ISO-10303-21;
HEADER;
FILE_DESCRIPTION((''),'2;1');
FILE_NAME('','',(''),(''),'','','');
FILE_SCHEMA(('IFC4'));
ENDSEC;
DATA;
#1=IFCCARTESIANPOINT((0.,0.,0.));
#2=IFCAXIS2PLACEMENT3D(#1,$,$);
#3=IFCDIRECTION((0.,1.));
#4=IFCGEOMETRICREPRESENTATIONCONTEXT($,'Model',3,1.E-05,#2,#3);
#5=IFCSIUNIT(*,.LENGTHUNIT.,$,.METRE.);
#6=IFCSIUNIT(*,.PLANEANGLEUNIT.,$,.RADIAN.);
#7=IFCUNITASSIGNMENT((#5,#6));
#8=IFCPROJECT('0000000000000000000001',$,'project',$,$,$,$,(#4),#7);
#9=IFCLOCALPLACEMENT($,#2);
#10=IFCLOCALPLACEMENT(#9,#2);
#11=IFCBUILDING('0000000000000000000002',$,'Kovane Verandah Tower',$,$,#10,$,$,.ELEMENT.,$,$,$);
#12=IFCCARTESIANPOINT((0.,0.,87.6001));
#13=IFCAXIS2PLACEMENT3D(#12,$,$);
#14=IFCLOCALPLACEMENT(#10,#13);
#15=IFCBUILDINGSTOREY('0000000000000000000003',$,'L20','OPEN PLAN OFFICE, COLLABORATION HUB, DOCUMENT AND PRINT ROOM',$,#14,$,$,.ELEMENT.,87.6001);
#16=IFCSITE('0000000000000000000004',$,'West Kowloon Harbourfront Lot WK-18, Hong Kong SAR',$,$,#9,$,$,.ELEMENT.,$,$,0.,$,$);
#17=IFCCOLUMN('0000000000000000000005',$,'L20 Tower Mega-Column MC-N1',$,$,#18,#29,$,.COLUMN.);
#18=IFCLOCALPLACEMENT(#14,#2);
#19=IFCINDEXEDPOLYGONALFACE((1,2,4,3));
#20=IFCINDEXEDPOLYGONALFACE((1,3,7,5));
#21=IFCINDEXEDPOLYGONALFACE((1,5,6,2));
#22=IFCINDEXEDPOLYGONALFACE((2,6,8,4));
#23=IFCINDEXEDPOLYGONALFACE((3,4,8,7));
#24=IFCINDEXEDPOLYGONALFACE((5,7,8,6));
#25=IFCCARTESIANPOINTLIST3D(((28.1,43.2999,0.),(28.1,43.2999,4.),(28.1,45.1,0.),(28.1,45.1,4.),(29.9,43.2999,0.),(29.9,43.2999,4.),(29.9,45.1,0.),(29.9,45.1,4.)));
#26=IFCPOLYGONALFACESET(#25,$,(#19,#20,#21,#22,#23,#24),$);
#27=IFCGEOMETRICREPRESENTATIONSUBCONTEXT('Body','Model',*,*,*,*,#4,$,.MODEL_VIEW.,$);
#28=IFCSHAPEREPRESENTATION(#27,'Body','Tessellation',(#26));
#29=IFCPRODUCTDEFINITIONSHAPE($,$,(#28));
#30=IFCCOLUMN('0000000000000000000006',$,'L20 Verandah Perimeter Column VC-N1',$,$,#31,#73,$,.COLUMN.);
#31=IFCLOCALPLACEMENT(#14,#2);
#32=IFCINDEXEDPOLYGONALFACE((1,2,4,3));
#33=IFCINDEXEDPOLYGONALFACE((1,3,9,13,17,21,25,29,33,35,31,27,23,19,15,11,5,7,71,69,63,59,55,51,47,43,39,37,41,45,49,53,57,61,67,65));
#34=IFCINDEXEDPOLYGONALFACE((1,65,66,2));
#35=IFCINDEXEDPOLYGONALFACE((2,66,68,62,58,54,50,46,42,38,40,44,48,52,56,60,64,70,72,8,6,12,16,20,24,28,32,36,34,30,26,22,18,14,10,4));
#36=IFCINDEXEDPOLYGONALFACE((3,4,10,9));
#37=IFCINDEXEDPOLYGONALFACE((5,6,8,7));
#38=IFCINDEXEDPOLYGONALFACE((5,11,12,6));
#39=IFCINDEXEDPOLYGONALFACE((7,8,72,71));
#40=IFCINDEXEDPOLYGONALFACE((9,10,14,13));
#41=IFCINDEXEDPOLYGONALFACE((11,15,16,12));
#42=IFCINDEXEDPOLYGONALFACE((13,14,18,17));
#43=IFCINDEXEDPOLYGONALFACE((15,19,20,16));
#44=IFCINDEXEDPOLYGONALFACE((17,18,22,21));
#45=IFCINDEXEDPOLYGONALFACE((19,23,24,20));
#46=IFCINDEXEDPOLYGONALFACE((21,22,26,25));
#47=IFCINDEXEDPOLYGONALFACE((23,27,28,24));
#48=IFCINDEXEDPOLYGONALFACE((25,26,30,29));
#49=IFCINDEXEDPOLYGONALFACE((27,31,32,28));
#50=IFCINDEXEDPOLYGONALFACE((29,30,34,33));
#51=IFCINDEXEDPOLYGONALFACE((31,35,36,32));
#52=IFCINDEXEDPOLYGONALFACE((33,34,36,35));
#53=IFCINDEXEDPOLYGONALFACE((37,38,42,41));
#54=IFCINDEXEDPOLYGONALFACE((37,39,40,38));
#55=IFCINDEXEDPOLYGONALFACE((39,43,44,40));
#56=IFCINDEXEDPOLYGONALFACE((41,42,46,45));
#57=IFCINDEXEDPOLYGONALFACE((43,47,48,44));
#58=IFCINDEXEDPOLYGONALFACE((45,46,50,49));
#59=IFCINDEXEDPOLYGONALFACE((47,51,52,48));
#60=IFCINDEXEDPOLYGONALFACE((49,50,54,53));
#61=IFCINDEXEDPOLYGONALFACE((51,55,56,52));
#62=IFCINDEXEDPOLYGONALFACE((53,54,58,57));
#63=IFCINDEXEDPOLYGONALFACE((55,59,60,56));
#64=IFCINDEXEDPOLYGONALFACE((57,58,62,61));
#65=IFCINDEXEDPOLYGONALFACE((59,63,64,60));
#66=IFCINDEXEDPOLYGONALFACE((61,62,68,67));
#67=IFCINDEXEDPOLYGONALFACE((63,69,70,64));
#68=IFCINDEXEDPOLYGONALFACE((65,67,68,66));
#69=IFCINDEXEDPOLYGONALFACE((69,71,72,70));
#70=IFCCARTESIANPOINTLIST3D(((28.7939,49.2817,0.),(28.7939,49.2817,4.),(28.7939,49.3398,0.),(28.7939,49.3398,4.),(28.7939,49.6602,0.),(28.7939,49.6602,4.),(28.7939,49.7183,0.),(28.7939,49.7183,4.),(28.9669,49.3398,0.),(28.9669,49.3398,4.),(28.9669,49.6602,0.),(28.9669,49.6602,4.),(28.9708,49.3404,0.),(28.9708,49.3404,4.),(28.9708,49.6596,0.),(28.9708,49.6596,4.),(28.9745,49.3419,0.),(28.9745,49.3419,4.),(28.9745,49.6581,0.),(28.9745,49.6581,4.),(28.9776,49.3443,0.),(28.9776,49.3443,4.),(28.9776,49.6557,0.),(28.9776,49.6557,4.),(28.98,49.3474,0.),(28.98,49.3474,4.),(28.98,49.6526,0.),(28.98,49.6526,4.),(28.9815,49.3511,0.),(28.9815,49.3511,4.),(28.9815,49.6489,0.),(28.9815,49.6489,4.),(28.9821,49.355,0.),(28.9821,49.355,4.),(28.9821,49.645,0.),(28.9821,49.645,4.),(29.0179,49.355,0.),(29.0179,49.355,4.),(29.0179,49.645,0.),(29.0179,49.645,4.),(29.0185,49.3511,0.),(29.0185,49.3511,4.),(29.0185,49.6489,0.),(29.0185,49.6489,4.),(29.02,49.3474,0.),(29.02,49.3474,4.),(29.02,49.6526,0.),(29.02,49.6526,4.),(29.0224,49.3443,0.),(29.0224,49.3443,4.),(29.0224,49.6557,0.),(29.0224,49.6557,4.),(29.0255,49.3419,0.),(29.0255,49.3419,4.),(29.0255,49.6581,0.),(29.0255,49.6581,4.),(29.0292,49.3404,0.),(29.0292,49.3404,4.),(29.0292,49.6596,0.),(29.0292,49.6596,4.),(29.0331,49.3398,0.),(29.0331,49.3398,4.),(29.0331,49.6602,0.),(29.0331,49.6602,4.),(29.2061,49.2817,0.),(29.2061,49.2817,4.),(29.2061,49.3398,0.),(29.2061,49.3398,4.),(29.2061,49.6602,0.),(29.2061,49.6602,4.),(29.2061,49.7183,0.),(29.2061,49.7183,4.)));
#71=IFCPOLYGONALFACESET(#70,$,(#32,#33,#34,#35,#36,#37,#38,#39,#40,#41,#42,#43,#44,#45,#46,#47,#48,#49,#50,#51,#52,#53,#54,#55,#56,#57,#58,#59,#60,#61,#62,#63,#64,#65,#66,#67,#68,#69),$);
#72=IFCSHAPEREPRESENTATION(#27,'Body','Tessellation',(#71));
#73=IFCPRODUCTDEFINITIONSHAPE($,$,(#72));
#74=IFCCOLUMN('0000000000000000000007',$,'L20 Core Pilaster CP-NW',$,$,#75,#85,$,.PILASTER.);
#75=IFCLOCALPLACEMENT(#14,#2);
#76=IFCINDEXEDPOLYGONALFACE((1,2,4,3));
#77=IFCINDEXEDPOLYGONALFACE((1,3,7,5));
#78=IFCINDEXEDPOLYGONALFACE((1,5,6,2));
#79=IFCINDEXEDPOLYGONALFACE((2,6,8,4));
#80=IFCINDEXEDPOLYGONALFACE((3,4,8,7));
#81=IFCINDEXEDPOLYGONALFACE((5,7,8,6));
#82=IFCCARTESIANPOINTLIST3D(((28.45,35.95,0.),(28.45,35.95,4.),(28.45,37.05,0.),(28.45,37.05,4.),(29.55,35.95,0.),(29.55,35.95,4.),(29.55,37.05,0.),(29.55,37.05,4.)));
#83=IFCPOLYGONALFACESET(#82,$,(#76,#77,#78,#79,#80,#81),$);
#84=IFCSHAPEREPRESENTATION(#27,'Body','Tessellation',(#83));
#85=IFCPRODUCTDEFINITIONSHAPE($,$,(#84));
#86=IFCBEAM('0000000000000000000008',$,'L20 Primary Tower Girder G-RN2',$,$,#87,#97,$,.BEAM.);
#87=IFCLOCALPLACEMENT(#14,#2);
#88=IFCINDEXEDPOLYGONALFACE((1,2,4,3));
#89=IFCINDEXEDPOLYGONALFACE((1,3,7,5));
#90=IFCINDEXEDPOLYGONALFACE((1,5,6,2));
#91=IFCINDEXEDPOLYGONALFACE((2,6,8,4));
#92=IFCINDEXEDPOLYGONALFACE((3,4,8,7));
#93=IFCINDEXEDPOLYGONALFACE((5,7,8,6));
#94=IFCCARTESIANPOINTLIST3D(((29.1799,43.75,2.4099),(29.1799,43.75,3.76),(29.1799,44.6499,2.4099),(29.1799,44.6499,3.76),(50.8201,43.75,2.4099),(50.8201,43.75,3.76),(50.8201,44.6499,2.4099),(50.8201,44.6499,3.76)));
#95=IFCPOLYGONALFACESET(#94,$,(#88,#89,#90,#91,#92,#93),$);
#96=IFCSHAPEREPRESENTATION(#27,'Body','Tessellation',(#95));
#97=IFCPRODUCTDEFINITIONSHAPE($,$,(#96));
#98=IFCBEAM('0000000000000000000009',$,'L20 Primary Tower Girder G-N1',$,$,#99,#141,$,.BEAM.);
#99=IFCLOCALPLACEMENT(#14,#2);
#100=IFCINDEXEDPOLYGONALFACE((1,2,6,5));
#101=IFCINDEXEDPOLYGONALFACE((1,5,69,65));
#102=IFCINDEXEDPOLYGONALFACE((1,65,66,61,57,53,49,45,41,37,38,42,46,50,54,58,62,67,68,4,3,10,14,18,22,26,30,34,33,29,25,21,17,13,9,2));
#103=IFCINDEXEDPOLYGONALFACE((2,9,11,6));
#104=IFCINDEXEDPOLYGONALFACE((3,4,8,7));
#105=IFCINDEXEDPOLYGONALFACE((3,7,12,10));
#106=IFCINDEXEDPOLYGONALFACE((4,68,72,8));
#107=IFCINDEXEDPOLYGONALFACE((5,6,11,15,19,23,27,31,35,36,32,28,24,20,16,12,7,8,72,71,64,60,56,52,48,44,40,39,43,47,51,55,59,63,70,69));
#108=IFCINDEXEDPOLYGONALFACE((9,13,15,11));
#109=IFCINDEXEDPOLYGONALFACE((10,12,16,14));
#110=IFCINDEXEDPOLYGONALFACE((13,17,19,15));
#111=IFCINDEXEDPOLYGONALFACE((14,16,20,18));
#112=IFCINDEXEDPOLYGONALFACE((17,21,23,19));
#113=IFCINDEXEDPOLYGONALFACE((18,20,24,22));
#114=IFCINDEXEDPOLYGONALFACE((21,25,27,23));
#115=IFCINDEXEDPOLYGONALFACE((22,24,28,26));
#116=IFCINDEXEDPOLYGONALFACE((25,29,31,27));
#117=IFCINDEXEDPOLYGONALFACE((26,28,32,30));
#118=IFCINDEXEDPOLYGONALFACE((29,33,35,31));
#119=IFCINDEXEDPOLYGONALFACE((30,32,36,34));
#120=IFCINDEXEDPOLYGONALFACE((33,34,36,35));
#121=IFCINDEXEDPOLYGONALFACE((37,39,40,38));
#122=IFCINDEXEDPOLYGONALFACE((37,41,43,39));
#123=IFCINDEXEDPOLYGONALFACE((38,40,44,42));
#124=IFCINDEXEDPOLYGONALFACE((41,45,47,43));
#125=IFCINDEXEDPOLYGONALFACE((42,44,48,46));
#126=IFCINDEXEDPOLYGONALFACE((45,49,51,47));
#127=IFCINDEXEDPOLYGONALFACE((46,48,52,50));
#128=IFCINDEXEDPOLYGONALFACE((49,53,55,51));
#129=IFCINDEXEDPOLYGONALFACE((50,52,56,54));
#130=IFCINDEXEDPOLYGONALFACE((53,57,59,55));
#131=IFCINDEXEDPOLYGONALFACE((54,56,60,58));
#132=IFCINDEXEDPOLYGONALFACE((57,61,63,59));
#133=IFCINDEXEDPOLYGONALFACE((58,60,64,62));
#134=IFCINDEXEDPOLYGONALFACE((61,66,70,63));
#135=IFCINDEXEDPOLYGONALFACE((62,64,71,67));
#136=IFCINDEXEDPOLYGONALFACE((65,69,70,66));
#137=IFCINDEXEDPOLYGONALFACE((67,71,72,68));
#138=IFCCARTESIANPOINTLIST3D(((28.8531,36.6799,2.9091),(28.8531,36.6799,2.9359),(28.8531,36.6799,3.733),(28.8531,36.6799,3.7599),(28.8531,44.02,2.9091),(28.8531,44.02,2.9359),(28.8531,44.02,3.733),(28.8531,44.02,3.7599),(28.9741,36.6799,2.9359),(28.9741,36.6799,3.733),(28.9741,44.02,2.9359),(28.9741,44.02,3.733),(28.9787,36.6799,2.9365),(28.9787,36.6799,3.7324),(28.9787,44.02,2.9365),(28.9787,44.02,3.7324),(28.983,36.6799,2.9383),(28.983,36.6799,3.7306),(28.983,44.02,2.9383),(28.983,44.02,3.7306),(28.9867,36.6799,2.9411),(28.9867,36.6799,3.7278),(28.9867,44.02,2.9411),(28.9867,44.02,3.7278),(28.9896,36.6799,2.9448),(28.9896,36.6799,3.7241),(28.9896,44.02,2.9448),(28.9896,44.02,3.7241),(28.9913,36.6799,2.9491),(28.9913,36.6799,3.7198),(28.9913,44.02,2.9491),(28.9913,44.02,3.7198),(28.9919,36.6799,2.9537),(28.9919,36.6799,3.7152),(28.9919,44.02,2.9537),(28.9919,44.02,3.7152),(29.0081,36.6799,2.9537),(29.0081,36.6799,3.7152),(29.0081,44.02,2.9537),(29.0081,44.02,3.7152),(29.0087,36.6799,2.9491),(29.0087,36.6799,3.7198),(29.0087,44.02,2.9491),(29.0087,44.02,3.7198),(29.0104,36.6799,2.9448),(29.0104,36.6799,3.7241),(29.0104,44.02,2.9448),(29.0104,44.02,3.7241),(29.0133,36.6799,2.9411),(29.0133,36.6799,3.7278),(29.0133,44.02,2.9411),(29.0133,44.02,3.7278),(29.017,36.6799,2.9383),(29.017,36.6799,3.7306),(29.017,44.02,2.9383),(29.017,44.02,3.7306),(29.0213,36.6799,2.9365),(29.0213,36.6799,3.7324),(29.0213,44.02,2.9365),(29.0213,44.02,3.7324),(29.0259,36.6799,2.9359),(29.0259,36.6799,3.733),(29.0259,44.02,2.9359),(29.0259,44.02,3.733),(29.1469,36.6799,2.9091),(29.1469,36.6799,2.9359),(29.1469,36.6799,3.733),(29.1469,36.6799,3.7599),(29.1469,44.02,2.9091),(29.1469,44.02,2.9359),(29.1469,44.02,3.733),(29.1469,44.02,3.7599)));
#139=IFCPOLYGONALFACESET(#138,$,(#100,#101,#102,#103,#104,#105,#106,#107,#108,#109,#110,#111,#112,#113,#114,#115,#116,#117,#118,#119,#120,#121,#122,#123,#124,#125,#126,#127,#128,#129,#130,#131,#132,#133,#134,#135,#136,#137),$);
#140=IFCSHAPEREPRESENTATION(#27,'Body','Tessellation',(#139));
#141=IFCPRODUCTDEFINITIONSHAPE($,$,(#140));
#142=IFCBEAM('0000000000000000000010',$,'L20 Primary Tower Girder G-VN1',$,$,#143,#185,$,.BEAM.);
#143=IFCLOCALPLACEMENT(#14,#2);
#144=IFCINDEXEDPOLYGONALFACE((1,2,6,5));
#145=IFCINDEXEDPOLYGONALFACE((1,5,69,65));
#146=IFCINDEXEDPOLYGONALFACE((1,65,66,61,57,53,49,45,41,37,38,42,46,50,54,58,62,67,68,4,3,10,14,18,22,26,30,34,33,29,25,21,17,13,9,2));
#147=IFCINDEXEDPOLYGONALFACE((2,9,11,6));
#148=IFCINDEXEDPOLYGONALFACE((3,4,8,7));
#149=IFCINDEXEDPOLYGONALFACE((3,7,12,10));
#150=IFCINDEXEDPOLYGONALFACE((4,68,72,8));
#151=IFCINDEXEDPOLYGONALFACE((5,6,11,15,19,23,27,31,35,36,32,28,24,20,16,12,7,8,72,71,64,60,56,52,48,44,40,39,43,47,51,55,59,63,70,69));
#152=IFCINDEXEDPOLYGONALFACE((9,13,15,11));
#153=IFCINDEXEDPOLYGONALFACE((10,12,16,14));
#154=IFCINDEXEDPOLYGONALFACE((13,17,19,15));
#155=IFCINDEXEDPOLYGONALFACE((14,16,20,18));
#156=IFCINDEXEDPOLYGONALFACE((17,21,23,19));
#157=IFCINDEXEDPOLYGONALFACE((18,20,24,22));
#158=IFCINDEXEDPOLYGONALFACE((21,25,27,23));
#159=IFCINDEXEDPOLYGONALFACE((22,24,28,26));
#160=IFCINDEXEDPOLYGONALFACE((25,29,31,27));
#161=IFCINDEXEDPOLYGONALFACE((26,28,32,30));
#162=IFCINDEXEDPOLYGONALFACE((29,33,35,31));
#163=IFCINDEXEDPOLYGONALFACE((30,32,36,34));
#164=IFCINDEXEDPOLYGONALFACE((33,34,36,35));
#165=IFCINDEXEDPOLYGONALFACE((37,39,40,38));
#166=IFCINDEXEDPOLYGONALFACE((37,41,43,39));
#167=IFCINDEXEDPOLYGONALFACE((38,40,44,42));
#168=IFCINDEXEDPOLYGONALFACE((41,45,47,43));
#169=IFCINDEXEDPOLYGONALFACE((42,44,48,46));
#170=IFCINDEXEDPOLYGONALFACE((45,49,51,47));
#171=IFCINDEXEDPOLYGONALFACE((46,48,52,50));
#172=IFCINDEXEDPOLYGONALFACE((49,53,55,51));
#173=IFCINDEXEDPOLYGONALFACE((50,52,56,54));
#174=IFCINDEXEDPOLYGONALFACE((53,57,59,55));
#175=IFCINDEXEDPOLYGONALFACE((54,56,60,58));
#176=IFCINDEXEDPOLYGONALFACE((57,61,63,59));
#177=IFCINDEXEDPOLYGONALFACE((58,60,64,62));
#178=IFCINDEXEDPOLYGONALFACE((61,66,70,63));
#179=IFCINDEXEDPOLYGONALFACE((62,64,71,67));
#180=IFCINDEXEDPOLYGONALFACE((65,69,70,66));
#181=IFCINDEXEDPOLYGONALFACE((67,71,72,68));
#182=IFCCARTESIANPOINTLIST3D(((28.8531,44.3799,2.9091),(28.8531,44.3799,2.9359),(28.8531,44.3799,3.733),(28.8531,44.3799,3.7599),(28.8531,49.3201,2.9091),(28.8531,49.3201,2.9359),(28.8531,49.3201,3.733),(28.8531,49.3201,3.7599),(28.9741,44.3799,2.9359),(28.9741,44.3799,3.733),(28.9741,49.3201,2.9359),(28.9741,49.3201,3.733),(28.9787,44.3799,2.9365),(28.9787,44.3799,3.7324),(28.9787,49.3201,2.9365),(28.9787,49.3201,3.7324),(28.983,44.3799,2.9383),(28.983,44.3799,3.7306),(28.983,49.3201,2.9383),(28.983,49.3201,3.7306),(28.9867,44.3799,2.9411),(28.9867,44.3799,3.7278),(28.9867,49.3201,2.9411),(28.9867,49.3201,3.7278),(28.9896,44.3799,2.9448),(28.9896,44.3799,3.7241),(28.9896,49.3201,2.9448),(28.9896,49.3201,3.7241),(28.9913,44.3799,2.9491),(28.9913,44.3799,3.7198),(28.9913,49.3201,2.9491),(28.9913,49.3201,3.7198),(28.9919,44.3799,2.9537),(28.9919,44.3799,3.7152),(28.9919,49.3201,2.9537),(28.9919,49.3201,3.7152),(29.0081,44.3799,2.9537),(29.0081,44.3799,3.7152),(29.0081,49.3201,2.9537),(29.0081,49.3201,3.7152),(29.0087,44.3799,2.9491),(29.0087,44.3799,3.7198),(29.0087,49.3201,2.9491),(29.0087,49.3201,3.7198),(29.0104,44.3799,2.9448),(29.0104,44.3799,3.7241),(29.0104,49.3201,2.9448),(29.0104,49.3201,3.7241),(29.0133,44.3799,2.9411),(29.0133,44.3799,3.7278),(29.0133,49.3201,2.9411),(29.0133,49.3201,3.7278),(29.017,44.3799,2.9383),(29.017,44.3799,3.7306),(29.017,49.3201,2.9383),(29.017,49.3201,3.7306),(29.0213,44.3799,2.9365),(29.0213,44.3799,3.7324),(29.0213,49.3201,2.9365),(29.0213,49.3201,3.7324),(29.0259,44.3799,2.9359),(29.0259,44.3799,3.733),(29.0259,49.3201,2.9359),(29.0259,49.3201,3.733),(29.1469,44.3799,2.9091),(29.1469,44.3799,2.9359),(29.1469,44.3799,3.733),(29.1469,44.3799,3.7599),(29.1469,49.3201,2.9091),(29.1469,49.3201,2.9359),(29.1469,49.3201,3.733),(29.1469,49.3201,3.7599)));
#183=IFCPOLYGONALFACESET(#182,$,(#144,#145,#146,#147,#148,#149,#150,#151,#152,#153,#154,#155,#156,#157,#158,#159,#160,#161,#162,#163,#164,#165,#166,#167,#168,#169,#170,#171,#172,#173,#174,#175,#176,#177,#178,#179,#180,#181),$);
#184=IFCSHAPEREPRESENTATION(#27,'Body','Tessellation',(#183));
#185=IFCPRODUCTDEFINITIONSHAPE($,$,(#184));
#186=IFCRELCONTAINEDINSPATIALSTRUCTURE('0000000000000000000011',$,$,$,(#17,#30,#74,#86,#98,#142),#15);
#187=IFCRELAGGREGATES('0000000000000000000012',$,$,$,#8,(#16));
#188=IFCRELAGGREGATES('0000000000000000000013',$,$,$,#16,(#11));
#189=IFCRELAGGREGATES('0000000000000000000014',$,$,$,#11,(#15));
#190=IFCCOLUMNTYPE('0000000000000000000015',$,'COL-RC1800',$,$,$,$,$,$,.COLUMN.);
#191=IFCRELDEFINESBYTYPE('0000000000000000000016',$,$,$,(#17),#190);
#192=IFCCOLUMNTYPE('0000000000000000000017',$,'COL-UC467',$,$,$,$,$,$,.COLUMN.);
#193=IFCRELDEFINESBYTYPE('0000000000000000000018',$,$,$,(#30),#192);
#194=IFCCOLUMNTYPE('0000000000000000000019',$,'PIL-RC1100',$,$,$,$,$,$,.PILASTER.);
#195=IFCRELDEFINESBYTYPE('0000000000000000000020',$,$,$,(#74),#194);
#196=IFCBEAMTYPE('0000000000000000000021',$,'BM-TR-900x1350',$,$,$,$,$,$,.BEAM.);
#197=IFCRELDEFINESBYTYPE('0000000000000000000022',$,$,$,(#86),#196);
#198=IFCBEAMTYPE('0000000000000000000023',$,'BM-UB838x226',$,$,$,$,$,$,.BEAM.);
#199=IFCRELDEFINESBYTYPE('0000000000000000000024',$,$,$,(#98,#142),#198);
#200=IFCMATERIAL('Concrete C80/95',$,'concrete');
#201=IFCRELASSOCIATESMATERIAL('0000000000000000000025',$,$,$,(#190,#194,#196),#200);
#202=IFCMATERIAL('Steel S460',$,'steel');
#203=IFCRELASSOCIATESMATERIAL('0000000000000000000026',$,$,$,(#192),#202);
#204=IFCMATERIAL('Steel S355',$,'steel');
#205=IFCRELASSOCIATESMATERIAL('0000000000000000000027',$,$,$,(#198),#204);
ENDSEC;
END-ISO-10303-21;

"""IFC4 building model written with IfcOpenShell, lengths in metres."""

from ifc_helpers import new_model, si_unit, direction, frame, origin, origin_2d, place, context, subcontext, project, spatial, rectangle, i_section, extrude, material, material_profile, profile_set, type_object, element, save


model = new_model("IFC4")

# Units and contexts
model_context = context("Model", 3, precision=1e-05, world=origin(), true_north=direction((0.0, 1.0)))
body_context = subcontext(model_context, "Body", "Model", "MODEL_VIEW")
ifc_project = project(units=[si_unit("LENGTHUNIT", "METRE"), si_unit("PLANEANGLEUNIT", "RADIAN")], contexts=[model_context])

# Site, building, storey
site_placement = place(None, origin())
site = spatial("IfcSite", under=ifc_project, at=site_placement, Name="West Kowloon Harbourfront Lot WK-18, Hong Kong SAR", CompositionType="ELEMENT", RefElevation=0.0)
building_placement = place(site_placement, origin())
building = spatial("IfcBuilding", under=site, at=building_placement, Name="Kovane Verandah Tower", CompositionType="ELEMENT")
storey_placement = place(building_placement, frame((0.0, 0.0, 87.6001)))
storey = spatial("IfcBuildingStorey", under=building, at=storey_placement, Name="L20", Description="OPEN PLAN OFFICE, COLLABORATION HUB, DOCUMENT AND PRINT ROOM", CompositionType="ELEMENT", Elevation=87.6001)

# Columns
ifc_material_1 = material(Name="Concrete C80/95", Category="concrete")
ifc_material_profile_1 = material_profile(ifc_material_1, rectangle(XDim=1.8, YDim=1.8, at=origin_2d()), Name="RC1800x1800")
ifc_profile_set_1 = profile_set([ifc_material_profile_1], Name="Concrete C80/95")
column_type_1 = type_object("IfcColumnType", Name="COL-RC1800", PredefinedType="COLUMN", material=ifc_profile_set_1)
column_1_placement = place(storey_placement, frame((29.0, 44.2, 0.0), z_axis=(0.0, 0.0, 1.0), x_axis=(1.0, 0.0, 0.0)))
element("IfcColumn", 1, at=column_1_placement, inside=storey, type_object=column_type_1, Name="L20 Tower Mega-Column MC-N1", PredefinedType="COLUMN", context=body_context, shape_type="SweptSolid", body=[
    extrude(rectangle(XDim=1.8, YDim=1.8, at=origin_2d()), origin(), (0.0, 0.0, 1.0), 4.0),
])
ifc_material_2 = material(Name="Steel S460", Category="steel")
ifc_material_profile_2 = material_profile(ifc_material_2, i_section(OverallWidth=0.4121, OverallDepth=0.4365, WebThickness=0.0359, FlangeThickness=0.0581, FilletRadius=0.0151, at=origin_2d()), Name="UC356x406x467")
ifc_profile_set_2 = profile_set([ifc_material_profile_2], Name="Steel S460")
column_type_2 = type_object("IfcColumnType", Name="COL-UC467", PredefinedType="COLUMN", material=ifc_profile_set_2)
column_2_placement = place(storey_placement, frame((29.0, 49.5, 0.0), z_axis=(0.0, 0.0, 1.0), x_axis=(1.0, 0.0, 0.0)))
element("IfcColumn", 2, at=column_2_placement, inside=storey, type_object=column_type_2, Name="L20 Verandah Perimeter Column VC-N1", PredefinedType="COLUMN", context=body_context, shape_type="SweptSolid", body=[
    extrude(i_section(OverallWidth=0.4121, OverallDepth=0.4365, WebThickness=0.0359, FlangeThickness=0.0581, FilletRadius=0.0151, at=origin_2d()), origin(), (0.0, 0.0, 1.0), 4.0),
])
ifc_material_profile_3 = material_profile(ifc_material_1, rectangle(XDim=1.1001, YDim=1.1001, at=origin_2d()), Name="RC1100x1100")
ifc_profile_set_3 = profile_set([ifc_material_profile_3], Name="Concrete C80/95")
column_type_3 = type_object("IfcColumnType", Name="PIL-RC1100", PredefinedType="PILASTER", material=ifc_profile_set_3)
column_3_placement = place(storey_placement, frame((29.0, 36.5, 0.0), z_axis=(0.0, 0.0, 1.0), x_axis=(1.0, 0.0, 0.0)))
element("IfcColumn", 3, at=column_3_placement, inside=storey, type_object=column_type_3, Name="L20 Core Pilaster CP-NW", PredefinedType="PILASTER", context=body_context, shape_type="SweptSolid", body=[
    extrude(rectangle(XDim=1.1001, YDim=1.1001, at=origin_2d()), origin(), (0.0, 0.0, 1.0), 4.0),
])

# Beams
ifc_material_profile_4 = material_profile(ifc_material_1, rectangle(XDim=0.8999, YDim=1.3501, at=origin_2d()), Name="RCB900x1350")
ifc_profile_set_4 = profile_set([ifc_material_profile_4], Name="Concrete C80/95")
beam_type_1 = type_object("IfcBeamType", Name="BM-TR-900x1350", PredefinedType="BEAM", material=ifc_profile_set_4)
beam_1_placement = place(storey_placement, frame((29.1799, 44.2, 3.085), z_axis=(1.0, 0.0, 0.0), x_axis=(0.0, 1.0, 0.0)))
element("IfcBeam", 4, at=beam_1_placement, inside=storey, type_object=beam_type_1, Name="L20 Primary Tower Girder G-RN2", PredefinedType="BEAM", context=body_context, shape_type="SweptSolid", body=[
    extrude(rectangle(XDim=0.8999, YDim=1.3501, at=origin_2d()), origin(), (0.0, 0.0, 1.0), 21.6401),
])
ifc_material_3 = material(Name="Steel S355", Category="steel")
ifc_material_profile_5 = material_profile(ifc_material_3, i_section(OverallWidth=0.2937, OverallDepth=0.8508, WebThickness=0.0161, FlangeThickness=0.0269, FilletRadius=0.0178, at=origin_2d()), Name="UB838x292x226")
ifc_profile_set_5 = profile_set([ifc_material_profile_5], Name="Steel S355")
beam_type_2 = type_object("IfcBeamType", Name="BM-UB838x226", PredefinedType="BEAM", material=ifc_profile_set_5)
beam_2_placement = place(storey_placement, frame((29.0, 36.6799, 3.3345), z_axis=(0.0, 1.0, 0.0), x_axis=(-1.0, 0.0, 0.0)))
element("IfcBeam", 5, at=beam_2_placement, inside=storey, type_object=beam_type_2, Name="L20 Primary Tower Girder G-N1", PredefinedType="BEAM", context=body_context, shape_type="SweptSolid", body=[
    extrude(i_section(OverallWidth=0.2937, OverallDepth=0.8508, WebThickness=0.0161, FlangeThickness=0.0269, FilletRadius=0.0178, at=origin_2d()), origin(), (0.0, 0.0, 1.0), 7.3401),
])
beam_3_placement = place(storey_placement, frame((29.0, 44.3799, 3.3345), z_axis=(0.0, 1.0, 0.0), x_axis=(-1.0, 0.0, 0.0)))
element("IfcBeam", 6, at=beam_3_placement, inside=storey, type_object=beam_type_2, Name="L20 Primary Tower Girder G-VN1", PredefinedType="BEAM", context=body_context, shape_type="SweptSolid", body=[
    extrude(i_section(OverallWidth=0.2937, OverallDepth=0.8508, WebThickness=0.0161, FlangeThickness=0.0269, FilletRadius=0.0178, at=origin_2d()), origin(), (0.0, 0.0, 1.0), 4.9402),
])

save(model, "model.ifc")
